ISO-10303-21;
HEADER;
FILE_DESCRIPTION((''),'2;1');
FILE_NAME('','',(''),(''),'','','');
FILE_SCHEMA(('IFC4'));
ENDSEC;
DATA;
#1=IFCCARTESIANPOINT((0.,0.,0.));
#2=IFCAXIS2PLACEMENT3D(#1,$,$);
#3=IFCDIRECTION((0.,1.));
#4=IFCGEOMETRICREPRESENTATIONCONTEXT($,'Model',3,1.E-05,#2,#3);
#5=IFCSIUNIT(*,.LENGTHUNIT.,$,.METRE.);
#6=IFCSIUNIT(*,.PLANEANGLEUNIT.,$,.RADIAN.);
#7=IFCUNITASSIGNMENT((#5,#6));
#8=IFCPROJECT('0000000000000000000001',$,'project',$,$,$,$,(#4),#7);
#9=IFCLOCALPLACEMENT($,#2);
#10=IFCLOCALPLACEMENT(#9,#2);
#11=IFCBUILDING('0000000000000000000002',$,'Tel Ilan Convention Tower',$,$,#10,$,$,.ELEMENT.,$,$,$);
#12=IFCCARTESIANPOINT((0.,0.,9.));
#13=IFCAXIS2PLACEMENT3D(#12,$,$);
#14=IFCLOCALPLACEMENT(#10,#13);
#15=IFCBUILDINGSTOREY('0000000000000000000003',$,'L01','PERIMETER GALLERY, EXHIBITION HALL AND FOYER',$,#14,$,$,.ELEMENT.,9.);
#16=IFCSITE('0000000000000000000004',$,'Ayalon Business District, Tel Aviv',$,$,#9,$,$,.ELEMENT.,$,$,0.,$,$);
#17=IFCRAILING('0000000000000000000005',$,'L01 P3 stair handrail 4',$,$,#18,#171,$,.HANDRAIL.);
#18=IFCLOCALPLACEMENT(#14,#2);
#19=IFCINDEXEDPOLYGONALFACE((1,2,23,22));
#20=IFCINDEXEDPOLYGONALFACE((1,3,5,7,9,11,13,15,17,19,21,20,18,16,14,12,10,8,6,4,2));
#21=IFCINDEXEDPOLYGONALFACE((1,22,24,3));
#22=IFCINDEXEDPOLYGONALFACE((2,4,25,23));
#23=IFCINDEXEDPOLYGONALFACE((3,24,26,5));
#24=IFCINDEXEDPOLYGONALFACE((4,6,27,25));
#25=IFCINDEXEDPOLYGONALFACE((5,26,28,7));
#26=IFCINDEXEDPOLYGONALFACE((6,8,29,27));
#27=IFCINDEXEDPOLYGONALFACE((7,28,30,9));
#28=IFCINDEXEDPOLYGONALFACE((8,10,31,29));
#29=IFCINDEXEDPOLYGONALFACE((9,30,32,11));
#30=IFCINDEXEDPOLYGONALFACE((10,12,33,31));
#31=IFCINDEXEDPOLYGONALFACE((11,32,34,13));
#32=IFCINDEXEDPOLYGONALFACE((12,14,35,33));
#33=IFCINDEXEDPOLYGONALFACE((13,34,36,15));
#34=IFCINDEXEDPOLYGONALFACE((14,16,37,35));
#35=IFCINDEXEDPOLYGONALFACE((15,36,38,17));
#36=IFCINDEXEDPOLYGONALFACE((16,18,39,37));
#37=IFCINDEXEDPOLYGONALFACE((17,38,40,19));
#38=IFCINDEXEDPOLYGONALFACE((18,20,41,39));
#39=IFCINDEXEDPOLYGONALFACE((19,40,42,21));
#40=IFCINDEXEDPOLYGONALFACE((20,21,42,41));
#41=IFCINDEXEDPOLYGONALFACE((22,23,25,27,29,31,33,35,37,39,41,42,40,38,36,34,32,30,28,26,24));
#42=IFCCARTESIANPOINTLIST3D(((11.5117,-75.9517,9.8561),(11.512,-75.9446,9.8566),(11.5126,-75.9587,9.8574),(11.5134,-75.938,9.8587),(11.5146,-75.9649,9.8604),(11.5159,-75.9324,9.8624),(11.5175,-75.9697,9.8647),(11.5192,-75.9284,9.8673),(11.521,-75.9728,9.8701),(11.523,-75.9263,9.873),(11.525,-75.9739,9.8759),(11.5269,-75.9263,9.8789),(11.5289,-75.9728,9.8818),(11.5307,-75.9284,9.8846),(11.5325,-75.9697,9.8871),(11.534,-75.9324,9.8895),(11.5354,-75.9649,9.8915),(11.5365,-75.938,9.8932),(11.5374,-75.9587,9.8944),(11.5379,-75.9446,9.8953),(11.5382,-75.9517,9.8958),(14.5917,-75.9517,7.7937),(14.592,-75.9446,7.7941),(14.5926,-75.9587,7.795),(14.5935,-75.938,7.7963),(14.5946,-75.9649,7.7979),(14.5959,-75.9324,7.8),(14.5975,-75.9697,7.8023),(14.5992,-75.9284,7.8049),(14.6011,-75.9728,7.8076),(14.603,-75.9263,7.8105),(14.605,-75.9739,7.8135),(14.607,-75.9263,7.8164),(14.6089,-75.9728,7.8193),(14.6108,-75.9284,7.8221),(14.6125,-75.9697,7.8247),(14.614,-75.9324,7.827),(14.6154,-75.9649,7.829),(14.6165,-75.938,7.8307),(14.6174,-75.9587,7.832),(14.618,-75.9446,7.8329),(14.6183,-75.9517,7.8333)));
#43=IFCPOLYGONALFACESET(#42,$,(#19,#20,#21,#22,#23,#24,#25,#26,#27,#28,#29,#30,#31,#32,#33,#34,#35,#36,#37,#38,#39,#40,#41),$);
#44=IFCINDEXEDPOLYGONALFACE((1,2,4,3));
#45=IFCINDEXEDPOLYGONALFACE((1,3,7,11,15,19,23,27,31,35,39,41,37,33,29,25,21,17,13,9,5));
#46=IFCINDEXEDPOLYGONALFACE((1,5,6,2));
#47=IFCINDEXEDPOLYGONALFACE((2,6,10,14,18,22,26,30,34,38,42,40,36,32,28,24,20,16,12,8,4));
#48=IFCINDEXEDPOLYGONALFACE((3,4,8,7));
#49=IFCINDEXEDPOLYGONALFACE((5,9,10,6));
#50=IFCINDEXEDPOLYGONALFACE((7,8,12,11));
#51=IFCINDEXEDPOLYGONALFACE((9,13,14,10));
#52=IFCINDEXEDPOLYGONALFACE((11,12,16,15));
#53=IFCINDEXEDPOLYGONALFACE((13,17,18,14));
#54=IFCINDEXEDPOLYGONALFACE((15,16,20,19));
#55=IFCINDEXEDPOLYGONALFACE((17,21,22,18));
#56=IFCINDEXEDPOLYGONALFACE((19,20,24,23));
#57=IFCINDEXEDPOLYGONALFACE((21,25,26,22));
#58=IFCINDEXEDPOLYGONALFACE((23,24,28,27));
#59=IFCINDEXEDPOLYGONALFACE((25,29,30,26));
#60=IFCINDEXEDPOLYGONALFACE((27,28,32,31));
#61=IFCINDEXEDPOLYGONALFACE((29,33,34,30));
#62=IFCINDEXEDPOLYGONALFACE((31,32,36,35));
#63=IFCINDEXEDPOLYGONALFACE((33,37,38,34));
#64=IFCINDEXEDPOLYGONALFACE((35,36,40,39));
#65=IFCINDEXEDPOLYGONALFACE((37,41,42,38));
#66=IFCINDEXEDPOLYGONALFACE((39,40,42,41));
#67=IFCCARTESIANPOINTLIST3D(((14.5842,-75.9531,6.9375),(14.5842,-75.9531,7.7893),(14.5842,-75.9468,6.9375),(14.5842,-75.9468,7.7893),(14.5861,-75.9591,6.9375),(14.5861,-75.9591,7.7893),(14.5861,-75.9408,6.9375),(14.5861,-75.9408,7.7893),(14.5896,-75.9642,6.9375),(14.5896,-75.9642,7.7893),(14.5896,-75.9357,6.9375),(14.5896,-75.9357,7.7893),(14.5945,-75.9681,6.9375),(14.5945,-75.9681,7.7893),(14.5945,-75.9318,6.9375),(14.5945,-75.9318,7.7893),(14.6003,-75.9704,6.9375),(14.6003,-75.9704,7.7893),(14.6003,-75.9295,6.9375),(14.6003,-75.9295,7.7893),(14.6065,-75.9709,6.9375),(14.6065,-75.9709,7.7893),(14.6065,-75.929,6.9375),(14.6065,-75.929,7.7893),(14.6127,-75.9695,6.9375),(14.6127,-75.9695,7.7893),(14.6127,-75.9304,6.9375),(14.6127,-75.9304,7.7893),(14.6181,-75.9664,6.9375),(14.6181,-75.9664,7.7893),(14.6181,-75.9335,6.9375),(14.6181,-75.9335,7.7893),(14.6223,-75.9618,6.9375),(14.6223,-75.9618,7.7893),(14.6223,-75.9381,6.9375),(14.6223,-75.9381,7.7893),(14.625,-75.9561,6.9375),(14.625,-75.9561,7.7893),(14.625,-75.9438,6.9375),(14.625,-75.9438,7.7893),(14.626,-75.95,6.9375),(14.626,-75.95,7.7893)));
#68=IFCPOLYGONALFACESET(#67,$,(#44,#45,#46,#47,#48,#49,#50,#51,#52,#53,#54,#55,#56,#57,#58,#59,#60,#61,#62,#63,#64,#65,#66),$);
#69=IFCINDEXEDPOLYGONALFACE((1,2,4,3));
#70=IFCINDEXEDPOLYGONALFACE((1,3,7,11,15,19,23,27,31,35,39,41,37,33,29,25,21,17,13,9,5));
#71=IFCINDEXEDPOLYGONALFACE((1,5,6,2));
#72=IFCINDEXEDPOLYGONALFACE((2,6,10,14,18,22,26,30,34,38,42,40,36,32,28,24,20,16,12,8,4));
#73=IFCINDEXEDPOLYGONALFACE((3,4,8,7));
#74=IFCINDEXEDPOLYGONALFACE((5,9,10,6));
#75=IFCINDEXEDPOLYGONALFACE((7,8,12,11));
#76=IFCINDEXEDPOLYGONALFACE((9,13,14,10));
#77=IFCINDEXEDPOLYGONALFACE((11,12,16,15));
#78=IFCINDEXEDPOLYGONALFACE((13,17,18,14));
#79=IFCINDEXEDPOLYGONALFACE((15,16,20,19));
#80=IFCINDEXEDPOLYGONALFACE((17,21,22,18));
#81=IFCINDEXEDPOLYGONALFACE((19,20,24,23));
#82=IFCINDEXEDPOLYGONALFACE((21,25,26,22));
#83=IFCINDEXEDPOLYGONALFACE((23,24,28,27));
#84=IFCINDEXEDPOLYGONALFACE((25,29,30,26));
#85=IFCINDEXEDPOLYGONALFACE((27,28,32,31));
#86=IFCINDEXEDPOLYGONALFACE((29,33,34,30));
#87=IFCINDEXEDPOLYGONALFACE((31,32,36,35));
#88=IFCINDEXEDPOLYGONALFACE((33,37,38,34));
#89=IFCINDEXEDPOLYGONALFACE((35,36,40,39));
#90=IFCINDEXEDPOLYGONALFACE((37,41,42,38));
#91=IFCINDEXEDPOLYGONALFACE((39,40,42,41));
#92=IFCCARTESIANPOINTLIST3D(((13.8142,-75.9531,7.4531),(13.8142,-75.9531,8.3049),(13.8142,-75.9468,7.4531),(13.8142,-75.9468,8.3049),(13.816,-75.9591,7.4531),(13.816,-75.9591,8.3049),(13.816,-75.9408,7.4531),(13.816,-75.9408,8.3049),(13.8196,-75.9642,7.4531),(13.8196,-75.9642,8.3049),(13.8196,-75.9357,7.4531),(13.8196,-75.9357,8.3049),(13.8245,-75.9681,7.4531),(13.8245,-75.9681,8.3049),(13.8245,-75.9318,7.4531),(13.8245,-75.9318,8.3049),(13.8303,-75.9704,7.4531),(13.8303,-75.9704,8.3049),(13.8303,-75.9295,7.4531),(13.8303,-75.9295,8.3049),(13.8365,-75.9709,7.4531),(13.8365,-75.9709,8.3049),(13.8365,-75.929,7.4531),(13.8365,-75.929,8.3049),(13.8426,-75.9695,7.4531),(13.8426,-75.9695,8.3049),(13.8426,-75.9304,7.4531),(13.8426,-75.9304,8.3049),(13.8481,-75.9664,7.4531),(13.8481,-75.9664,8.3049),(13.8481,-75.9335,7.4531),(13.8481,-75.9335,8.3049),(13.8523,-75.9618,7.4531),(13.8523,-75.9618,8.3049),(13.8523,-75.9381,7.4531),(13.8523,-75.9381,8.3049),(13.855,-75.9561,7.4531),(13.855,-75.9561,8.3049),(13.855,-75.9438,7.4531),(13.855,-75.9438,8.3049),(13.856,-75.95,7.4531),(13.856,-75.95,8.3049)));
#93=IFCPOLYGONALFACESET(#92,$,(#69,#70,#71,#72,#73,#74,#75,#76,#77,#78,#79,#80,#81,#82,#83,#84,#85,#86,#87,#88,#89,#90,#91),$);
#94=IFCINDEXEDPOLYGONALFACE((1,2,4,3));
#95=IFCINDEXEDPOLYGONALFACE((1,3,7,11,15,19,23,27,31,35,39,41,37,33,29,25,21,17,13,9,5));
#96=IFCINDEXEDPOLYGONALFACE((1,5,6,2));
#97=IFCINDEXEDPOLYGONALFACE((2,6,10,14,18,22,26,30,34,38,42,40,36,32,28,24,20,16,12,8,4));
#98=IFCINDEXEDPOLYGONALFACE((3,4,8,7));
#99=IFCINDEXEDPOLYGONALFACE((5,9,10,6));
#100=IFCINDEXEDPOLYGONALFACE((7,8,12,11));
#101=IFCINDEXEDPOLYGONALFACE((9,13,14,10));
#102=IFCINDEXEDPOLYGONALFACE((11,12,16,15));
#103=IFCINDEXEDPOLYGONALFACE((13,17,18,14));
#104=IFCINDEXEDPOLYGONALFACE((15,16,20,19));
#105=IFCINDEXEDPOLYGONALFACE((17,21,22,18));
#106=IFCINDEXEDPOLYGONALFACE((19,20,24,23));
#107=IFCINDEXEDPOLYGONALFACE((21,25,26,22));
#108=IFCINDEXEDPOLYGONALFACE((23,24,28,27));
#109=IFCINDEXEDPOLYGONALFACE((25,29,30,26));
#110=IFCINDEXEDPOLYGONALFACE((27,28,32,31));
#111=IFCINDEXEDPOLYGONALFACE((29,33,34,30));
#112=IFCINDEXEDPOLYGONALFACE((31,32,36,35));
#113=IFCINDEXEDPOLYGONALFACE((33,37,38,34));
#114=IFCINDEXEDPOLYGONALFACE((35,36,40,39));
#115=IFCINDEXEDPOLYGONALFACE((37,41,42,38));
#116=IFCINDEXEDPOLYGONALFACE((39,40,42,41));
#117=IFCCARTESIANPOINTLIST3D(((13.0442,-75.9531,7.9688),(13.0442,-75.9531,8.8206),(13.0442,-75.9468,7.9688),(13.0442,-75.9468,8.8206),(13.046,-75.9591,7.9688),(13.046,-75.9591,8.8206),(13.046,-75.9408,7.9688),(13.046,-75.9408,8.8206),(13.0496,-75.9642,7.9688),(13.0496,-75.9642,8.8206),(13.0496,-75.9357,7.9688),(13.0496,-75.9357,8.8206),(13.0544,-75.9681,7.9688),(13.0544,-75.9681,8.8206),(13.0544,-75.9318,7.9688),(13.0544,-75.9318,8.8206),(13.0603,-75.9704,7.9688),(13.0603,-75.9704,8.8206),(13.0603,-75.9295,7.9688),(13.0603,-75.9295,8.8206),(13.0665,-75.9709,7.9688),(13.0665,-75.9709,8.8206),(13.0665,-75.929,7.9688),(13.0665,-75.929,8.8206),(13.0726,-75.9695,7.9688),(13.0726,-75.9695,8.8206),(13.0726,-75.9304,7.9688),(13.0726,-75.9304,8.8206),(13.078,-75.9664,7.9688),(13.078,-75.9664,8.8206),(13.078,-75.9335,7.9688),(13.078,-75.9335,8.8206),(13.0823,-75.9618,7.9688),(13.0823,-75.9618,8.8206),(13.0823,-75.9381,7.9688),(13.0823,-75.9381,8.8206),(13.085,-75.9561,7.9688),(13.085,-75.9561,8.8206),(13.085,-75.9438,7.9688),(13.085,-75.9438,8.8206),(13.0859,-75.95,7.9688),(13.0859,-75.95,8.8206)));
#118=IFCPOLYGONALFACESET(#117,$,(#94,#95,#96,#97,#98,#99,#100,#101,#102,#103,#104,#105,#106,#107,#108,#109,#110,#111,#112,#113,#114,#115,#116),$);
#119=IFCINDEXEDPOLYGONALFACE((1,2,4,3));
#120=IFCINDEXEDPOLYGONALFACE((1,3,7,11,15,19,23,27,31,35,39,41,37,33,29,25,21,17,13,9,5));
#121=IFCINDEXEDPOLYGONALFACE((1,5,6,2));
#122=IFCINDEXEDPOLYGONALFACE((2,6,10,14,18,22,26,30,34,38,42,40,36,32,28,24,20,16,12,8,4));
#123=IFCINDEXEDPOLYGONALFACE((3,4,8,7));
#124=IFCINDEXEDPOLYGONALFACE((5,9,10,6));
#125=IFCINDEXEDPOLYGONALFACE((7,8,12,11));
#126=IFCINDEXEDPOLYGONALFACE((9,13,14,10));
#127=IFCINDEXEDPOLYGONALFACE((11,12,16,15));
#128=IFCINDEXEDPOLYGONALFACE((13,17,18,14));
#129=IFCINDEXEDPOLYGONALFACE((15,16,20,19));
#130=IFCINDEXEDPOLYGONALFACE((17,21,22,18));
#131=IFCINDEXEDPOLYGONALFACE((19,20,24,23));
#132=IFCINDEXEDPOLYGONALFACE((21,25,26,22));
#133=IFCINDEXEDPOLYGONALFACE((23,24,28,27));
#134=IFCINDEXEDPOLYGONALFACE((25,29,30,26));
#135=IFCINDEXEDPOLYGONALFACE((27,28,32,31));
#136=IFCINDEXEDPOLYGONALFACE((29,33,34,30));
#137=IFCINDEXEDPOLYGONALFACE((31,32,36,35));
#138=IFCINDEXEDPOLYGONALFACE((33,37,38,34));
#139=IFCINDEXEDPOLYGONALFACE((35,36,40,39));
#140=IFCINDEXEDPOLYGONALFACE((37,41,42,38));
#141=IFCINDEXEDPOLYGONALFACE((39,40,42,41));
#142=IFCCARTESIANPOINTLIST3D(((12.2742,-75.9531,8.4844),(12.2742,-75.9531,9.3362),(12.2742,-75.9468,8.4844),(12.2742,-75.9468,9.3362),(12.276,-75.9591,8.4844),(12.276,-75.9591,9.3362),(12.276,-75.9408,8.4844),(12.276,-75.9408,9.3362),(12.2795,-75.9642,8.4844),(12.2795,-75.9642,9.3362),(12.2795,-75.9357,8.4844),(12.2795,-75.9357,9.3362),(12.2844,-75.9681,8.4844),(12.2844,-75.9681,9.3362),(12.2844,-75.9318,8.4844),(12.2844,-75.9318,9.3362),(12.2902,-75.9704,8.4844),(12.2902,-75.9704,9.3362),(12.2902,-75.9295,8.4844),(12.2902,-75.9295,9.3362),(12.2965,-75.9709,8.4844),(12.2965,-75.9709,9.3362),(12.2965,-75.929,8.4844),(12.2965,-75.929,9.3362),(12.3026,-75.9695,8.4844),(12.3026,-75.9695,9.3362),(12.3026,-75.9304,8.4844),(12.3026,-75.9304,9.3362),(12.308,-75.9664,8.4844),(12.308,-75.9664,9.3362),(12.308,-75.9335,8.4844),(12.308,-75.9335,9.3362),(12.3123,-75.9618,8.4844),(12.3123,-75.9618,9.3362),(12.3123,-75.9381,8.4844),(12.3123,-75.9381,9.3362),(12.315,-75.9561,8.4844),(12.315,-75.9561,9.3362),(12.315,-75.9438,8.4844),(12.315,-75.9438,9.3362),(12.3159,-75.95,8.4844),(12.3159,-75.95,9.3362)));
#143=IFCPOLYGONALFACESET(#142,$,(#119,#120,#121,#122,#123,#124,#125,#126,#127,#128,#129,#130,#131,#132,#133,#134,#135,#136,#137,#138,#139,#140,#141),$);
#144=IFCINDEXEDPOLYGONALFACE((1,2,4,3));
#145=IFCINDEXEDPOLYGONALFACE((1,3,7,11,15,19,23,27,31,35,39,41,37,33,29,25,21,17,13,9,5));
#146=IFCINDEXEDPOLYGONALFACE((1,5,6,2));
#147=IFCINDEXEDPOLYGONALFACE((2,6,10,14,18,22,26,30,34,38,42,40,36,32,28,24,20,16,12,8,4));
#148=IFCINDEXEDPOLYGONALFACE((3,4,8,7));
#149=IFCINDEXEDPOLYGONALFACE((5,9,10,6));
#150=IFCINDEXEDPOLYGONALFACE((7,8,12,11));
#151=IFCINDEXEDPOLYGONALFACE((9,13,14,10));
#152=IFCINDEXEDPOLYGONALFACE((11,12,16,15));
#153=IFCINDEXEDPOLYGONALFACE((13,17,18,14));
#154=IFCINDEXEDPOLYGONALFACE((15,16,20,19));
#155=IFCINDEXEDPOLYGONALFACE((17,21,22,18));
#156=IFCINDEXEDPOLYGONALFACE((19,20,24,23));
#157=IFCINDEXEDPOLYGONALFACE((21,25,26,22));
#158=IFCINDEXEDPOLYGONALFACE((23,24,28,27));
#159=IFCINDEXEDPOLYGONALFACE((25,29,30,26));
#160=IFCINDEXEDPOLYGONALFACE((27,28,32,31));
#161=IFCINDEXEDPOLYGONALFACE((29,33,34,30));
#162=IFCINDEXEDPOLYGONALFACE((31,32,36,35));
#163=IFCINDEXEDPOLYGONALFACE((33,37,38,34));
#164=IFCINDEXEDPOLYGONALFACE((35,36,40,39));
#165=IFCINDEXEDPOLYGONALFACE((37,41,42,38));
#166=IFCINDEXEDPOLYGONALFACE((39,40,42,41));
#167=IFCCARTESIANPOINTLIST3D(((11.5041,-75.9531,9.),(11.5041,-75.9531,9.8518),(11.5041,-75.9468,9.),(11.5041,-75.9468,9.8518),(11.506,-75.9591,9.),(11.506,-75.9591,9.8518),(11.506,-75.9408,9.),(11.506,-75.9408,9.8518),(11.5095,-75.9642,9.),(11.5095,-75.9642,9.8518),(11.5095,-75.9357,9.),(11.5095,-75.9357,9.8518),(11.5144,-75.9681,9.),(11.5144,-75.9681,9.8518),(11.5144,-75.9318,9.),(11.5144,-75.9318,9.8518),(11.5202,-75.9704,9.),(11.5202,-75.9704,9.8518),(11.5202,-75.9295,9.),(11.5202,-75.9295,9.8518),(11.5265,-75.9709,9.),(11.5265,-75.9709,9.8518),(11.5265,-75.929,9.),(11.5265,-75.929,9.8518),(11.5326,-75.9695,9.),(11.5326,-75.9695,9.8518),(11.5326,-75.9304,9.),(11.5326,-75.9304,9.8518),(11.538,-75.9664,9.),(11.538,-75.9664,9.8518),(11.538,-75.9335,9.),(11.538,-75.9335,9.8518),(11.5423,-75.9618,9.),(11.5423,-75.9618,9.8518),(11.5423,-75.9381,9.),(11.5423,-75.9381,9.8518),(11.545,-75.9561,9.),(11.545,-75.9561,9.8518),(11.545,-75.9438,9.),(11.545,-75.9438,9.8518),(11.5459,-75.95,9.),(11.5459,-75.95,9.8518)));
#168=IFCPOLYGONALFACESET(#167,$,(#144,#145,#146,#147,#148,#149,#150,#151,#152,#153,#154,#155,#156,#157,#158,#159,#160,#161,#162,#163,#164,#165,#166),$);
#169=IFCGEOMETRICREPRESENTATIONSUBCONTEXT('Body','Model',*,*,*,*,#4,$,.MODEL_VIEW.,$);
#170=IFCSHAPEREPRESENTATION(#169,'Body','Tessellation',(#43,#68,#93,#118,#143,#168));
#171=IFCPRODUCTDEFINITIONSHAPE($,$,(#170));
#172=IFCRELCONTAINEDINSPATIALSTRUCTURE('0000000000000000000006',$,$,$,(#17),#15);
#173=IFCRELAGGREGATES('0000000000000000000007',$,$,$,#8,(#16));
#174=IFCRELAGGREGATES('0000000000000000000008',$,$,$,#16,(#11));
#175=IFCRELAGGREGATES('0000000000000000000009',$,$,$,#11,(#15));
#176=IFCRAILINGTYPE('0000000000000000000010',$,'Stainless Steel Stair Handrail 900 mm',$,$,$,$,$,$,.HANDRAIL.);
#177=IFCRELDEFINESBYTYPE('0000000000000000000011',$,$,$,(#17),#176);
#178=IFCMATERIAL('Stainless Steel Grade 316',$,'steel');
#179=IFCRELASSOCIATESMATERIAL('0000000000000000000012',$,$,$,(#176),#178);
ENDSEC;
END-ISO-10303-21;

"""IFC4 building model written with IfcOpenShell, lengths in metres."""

from ifc_helpers import new_model, si_unit, direction, frame, origin, origin_2d, place, context, subcontext, project, spatial, circle, extrude, material, type_object, element, save


model = new_model("IFC4")

# Units and contexts
model_context = context("Model", 3, precision=1e-05, world=origin(), true_north=direction((0.0, 1.0)))
body_context = subcontext(model_context, "Body", "Model", "MODEL_VIEW")
ifc_project = project(units=[si_unit("LENGTHUNIT", "METRE"), si_unit("PLANEANGLEUNIT", "RADIAN")], contexts=[model_context])

# Site, building, storey
site_placement = place(None, origin())
site = spatial("IfcSite", under=ifc_project, at=site_placement, Name="Ayalon Business District, Tel Aviv", CompositionType="ELEMENT", RefElevation=0.0)
building_placement = place(site_placement, origin())
building = spatial("IfcBuilding", under=site, at=building_placement, Name="Tel Ilan Convention Tower", CompositionType="ELEMENT")
storey_placement = place(building_placement, frame((0.0, 0.0, 9.0)))
storey = spatial("IfcBuildingStorey", under=building, at=storey_placement, Name="L01", Description="PERIMETER GALLERY, EXHIBITION HALL AND FOYER", CompositionType="ELEMENT", Elevation=9.0)

# Railing
ifc_material_1 = material(Name="Stainless Steel Grade 316", Category="steel")
railing_type = type_object("IfcRailingType", Name="Stainless Steel Stair Handrail 900 mm", PredefinedType="HANDRAIL", material=ifc_material_1)
railing_placement = place(storey_placement, frame((14.605, -75.95, 6.9375)))
element("IfcRailing", 1, at=railing_placement, inside=storey, type_object=railing_type, Name="L01 P3 stair handrail 4", PredefinedType="HANDRAIL", context=body_context, shape_type="SweptSolid", body=[
    extrude(circle(Radius=0.0239, at=origin_2d()), frame((0.0, 0.0, 0.876), z_axis=(-0.830914, 0.0, 0.556401), x_axis=(0.0, -1.0, 0.0)), (0.0, 0.0, 1.0), 3.7068),
    extrude(circle(Radius=0.021, at=origin_2d()), origin(), (0.0, 0.0, 1.0), 0.8518),
    extrude(circle(Radius=0.021, at=origin_2d()), frame((-0.77, 0.0, 0.5156)), (0.0, 0.0, 1.0), 0.8518),
    extrude(circle(Radius=0.021, at=origin_2d()), frame((-1.54, 0.0, 1.0312)), (0.0, 0.0, 1.0), 0.8518),
    extrude(circle(Radius=0.021, at=origin_2d()), frame((-2.3101, 0.0, 1.5469)), (0.0, 0.0, 1.0), 0.8518),
    extrude(circle(Radius=0.021, at=origin_2d()), frame((-3.0801, 0.0, 2.0625)), (0.0, 0.0, 1.0), 0.8518),
])

save(model, "model.ifc")
